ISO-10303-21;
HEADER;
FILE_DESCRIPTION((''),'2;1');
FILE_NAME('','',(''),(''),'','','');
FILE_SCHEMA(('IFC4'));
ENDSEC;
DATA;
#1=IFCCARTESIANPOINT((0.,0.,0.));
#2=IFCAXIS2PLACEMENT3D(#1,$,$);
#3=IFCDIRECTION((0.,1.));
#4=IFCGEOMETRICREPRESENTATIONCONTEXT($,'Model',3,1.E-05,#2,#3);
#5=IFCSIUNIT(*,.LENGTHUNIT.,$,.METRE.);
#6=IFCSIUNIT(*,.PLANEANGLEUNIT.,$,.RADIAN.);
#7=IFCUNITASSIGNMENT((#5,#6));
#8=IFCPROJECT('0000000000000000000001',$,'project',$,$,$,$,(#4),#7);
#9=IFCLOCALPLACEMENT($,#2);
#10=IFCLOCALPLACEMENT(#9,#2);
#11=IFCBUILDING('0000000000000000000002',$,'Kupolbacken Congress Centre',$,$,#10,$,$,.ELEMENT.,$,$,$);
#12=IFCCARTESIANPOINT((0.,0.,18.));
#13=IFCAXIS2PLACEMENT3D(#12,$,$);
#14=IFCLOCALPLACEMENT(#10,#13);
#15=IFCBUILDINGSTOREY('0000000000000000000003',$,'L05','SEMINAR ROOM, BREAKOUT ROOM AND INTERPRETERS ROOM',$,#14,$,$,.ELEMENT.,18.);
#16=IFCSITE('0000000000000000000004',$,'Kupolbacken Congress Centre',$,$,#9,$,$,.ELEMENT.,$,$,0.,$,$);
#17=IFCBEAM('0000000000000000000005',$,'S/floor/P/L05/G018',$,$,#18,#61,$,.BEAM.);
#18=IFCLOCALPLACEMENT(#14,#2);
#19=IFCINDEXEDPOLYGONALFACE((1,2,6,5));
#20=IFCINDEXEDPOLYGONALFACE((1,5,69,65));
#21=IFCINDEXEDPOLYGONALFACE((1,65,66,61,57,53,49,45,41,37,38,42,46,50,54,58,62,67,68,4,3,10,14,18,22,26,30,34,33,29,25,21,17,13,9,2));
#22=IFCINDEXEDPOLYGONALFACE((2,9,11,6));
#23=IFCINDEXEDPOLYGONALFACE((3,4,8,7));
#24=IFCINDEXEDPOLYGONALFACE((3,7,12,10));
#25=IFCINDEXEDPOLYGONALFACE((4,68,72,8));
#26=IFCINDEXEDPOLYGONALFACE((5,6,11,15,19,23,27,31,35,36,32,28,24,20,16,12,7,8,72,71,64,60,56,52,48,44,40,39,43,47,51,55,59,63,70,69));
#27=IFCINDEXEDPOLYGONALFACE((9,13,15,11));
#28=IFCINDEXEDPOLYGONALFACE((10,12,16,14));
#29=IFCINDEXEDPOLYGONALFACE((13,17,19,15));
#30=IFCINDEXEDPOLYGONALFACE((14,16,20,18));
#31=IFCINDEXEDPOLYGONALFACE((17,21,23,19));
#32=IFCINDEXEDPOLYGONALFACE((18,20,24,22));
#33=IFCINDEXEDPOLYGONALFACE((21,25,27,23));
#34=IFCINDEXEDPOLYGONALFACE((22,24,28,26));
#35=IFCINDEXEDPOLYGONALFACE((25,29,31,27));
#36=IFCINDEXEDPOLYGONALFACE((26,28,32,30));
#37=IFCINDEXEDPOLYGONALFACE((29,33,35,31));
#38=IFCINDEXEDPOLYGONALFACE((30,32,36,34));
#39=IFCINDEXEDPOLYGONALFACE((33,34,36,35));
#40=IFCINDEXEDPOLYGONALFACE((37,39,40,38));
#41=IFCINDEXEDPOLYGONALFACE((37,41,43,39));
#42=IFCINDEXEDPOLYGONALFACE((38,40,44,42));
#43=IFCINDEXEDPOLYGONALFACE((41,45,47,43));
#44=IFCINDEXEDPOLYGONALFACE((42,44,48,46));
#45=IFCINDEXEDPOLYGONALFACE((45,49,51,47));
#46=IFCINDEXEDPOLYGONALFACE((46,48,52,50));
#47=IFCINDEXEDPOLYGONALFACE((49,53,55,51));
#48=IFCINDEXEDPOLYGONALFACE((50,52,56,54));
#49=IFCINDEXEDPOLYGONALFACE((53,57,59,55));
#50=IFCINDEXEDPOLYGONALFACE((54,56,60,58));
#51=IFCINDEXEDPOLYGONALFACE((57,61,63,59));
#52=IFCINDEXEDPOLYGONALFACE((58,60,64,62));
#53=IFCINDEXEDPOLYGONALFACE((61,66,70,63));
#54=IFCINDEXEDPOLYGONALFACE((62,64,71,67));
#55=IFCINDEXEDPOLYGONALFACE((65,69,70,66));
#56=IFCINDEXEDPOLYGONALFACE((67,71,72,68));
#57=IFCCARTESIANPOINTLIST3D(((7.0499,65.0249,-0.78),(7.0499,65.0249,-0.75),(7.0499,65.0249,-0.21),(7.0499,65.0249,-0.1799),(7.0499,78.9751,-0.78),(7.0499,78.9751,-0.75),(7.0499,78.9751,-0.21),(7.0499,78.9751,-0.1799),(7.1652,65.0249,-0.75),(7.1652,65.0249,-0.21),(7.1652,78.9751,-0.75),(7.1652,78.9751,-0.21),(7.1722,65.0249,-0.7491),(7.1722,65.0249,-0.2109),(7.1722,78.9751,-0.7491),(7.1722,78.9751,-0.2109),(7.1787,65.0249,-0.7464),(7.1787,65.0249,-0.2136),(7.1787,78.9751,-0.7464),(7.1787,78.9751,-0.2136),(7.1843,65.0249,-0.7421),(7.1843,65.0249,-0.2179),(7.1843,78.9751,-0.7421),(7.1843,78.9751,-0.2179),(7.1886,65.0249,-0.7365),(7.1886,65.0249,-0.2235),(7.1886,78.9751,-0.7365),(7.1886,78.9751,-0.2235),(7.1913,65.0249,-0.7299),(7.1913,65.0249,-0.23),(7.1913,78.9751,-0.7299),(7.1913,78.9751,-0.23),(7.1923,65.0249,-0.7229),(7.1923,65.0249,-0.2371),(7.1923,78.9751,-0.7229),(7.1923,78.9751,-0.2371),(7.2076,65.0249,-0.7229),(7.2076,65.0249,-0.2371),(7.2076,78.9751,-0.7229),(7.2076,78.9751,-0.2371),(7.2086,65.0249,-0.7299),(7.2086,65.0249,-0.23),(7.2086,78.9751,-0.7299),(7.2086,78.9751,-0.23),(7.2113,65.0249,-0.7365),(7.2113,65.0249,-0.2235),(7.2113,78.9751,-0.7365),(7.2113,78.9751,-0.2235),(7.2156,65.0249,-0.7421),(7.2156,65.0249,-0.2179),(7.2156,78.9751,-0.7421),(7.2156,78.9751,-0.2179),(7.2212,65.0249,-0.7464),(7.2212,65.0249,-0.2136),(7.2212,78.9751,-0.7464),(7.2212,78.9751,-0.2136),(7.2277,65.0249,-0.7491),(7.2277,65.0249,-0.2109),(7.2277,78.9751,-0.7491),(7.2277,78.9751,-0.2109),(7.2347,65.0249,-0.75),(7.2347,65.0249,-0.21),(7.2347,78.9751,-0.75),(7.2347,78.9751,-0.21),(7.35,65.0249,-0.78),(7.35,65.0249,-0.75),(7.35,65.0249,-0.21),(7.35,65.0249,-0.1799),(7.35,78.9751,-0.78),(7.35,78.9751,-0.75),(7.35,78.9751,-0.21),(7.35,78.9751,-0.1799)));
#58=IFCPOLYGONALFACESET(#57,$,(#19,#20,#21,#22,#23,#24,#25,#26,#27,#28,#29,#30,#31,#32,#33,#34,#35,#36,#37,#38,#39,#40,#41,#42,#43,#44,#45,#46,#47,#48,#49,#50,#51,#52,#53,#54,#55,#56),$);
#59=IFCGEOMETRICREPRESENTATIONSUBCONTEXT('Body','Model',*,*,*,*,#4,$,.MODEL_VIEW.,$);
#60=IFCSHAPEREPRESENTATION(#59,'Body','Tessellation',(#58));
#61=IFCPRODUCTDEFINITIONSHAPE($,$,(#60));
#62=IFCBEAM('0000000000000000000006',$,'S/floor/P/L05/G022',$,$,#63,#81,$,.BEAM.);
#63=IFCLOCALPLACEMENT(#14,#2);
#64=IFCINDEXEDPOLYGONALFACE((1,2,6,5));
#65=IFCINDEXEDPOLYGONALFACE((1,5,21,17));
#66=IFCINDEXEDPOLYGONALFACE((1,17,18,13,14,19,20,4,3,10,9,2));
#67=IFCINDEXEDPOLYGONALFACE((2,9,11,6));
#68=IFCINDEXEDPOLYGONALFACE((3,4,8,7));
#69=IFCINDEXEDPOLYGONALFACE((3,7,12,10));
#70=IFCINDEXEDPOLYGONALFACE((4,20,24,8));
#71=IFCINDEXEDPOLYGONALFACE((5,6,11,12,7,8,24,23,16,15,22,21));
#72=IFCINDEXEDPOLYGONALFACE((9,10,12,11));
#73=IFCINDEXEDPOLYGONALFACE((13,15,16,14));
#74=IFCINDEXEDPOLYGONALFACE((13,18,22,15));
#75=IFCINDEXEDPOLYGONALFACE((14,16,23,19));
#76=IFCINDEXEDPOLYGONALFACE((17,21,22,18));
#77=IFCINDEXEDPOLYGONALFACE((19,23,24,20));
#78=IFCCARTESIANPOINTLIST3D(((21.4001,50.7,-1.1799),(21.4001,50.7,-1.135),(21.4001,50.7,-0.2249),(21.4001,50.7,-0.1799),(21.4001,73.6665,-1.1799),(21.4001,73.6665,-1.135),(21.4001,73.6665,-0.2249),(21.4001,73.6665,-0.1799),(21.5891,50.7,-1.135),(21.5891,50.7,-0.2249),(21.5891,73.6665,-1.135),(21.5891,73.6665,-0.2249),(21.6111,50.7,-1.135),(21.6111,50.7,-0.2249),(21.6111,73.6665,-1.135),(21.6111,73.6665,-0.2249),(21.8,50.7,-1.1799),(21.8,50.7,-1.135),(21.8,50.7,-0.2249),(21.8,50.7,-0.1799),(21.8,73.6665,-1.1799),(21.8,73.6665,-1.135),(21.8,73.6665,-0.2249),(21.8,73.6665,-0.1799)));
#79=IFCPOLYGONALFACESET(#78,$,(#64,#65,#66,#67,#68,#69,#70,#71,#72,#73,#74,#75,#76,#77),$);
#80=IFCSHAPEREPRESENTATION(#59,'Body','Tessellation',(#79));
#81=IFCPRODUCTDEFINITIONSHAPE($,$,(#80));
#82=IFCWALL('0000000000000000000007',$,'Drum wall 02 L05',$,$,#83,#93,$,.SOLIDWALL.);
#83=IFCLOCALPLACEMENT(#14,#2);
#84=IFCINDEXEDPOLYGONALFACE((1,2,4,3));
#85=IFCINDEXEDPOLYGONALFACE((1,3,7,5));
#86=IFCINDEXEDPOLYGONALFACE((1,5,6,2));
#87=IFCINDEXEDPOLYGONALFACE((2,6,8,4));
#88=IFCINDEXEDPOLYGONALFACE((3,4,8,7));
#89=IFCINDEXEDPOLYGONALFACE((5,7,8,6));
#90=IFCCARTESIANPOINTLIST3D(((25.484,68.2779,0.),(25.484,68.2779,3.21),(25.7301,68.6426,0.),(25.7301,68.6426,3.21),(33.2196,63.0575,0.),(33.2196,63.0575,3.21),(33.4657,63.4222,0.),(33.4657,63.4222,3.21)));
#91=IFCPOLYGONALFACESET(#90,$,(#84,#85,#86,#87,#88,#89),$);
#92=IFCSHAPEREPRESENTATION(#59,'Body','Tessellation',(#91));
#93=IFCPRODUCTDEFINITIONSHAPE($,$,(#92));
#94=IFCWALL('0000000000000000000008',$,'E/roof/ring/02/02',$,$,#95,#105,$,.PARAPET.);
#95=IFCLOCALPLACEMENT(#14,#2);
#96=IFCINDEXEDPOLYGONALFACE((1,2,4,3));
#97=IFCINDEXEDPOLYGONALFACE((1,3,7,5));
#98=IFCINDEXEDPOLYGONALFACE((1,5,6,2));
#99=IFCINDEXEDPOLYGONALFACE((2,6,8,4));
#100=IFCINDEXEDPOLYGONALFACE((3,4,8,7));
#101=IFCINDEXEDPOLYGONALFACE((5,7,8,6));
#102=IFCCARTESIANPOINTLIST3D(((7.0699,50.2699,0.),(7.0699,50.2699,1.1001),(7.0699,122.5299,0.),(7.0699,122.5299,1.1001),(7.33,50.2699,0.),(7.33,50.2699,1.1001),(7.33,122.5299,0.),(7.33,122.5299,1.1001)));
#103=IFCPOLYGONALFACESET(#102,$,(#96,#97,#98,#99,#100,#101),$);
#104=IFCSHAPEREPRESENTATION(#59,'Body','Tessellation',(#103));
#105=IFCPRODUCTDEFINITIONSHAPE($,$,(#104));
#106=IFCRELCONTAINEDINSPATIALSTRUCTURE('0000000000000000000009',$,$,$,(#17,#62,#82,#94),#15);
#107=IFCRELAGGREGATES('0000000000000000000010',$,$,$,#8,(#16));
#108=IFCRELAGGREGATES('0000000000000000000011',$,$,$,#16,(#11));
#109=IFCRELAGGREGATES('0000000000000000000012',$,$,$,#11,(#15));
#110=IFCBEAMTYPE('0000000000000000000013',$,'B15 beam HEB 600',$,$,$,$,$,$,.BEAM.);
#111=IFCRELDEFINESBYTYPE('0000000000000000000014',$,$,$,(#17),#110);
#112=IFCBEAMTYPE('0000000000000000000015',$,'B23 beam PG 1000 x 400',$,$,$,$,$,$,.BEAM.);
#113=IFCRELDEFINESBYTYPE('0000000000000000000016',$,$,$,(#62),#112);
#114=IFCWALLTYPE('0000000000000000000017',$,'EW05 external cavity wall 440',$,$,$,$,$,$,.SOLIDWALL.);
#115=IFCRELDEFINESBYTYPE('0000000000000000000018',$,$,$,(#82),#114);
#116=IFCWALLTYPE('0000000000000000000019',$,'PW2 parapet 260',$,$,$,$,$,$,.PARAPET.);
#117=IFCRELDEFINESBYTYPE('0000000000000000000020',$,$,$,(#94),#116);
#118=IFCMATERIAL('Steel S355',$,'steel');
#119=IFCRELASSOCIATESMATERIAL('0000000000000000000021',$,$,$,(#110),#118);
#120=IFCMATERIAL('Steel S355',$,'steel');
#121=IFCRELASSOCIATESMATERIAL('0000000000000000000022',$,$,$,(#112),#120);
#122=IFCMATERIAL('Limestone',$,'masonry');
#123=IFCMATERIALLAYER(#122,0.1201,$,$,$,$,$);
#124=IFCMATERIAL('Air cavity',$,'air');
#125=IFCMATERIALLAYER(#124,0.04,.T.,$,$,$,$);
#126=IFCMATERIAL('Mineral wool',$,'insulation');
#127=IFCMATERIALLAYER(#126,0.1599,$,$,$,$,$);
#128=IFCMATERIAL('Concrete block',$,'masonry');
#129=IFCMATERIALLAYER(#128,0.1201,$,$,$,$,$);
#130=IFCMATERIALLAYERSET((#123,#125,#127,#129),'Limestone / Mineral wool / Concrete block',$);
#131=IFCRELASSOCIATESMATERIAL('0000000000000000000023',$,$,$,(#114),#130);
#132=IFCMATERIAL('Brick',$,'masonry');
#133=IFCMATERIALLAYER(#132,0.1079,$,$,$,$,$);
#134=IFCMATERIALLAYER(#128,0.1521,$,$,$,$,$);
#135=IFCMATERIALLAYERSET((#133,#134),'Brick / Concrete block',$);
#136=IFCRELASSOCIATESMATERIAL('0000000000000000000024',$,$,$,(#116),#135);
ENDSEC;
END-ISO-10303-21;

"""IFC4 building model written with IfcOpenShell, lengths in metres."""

from ifc_helpers import new_model, si_unit, direction, frame, frame_2d, origin, origin_2d, place, context, subcontext, project, spatial, rectangle, i_section, extrude, material, layer, layer_set, material_profile, profile_set, type_object, element, save


model = new_model("IFC4")

# Units and contexts
model_context = context("Model", 3, precision=1e-05, world=origin(), true_north=direction((0.0, 1.0)))
body_context = subcontext(model_context, "Body", "Model", "MODEL_VIEW")
ifc_project = project(units=[si_unit("LENGTHUNIT", "METRE"), si_unit("PLANEANGLEUNIT", "RADIAN")], contexts=[model_context])

# Site, building, storey
site_placement = place(None, origin())
site = spatial("IfcSite", under=ifc_project, at=site_placement, Name="Kupolbacken Congress Centre", CompositionType="ELEMENT", RefElevation=0.0)
building_placement = place(site_placement, origin())
building = spatial("IfcBuilding", under=site, at=building_placement, Name="Kupolbacken Congress Centre", CompositionType="ELEMENT")
storey_placement = place(building_placement, frame((0.0, 0.0, 18.0)))
storey = spatial("IfcBuildingStorey", under=building, at=storey_placement, Name="L05", Description="SEMINAR ROOM, BREAKOUT ROOM AND INTERPRETERS ROOM", CompositionType="ELEMENT", Elevation=18.0)

# Beams
ifc_material_1 = material(Name="Steel S355", Category="steel")
ifc_material_profile_1 = material_profile(ifc_material_1, i_section(OverallWidth=0.3, OverallDepth=0.6001, WebThickness=0.0154, FlangeThickness=0.03, FilletRadius=0.0271, at=origin_2d()), Name="HEB 600")
ifc_profile_set_1 = profile_set([ifc_material_profile_1], Name="Steel S355")
beam_type_1 = type_object("IfcBeamType", Name="B15 beam HEB 600", PredefinedType="BEAM", material=ifc_profile_set_1)
beam_1_placement = place(storey_placement, frame((7.2, 65.0249, -0.48), z_axis=(0.0, 1.0, 0.0), x_axis=(-1.0, 0.0, 0.0)))
element("IfcBeam", 1, at=beam_1_placement, inside=storey, type_object=beam_type_1, Name="S/floor/P/L05/G018", PredefinedType="BEAM", context=body_context, shape_type="SweptSolid", body=[
    extrude(i_section(OverallWidth=0.3, OverallDepth=0.6001, WebThickness=0.0154, FlangeThickness=0.03, FilletRadius=0.0271, at=origin_2d()), origin(), (0.0, 0.0, 1.0), 13.9502),
])
ifc_material_2 = material(Name="Steel S355", Category="steel")
ifc_material_profile_2 = material_profile(ifc_material_2, i_section(OverallWidth=0.3999, OverallDepth=1.0, WebThickness=0.022, FlangeThickness=0.0449, at=origin_2d()), Name="PG 1000 x 400")
ifc_profile_set_2 = profile_set([ifc_material_profile_2], Name="Steel S355")
beam_type_2 = type_object("IfcBeamType", Name="B23 beam PG 1000 x 400", PredefinedType="BEAM", material=ifc_profile_set_2)
beam_2_placement = place(storey_placement, frame((21.6001, 50.7, -0.6799), z_axis=(0.0, 1.0, 0.0), x_axis=(-1.0, 0.0, 0.0)))
element("IfcBeam", 2, at=beam_2_placement, inside=storey, type_object=beam_type_2, Name="S/floor/P/L05/G022", PredefinedType="BEAM", context=body_context, shape_type="SweptSolid", body=[
    extrude(i_section(OverallWidth=0.3999, OverallDepth=1.0, WebThickness=0.022, FlangeThickness=0.0449, at=origin_2d()), origin(), (0.0, 0.0, 1.0), 22.9666),
])

# Walls
ifc_material_3 = material(Name="Limestone", Category="masonry")
ifc_layer_1 = layer(ifc_material_3, 0.1201)
ifc_material_4 = material(Name="Air cavity", Category="air")
ifc_layer_2 = layer(ifc_material_4, 0.04, ventilated=True)
ifc_material_5 = material(Name="Mineral wool", Category="insulation")
ifc_layer_3 = layer(ifc_material_5, 0.1599)
ifc_material_6 = material(Name="Concrete block", Category="masonry")
ifc_layer_4 = layer(ifc_material_6, 0.1201)
ifc_layer_set_1 = layer_set([ifc_layer_1, ifc_layer_2, ifc_layer_3, ifc_layer_4], Name="Limestone / Mineral wool / Concrete block")
wall_type_1 = type_object("IfcWallType", Name="EW05 external cavity wall 440", PredefinedType="SOLIDWALL", material=ifc_layer_set_1)
wall_1_placement = place(storey_placement, frame((25.6072, 68.4602, 0.0), z_axis=(0.0, 0.0, 1.0), x_axis=(0.828902, -0.559394, 0.0)))
element("IfcWall", 3, at=wall_1_placement, inside=storey, type_object=wall_type_1, Name="Drum wall 02 L05", PredefinedType="SOLIDWALL", context=body_context, shape_type="SweptSolid", body=[
    extrude(rectangle(XDim=9.3323, YDim=0.4399, at=frame_2d((4.666, 0.0))), origin(), (0.0, 0.0, 1.0), 3.21),
])
ifc_material_7 = material(Name="Brick", Category="masonry")
ifc_layer_5 = layer(ifc_material_7, 0.1079)
ifc_layer_6 = layer(ifc_material_6, 0.1521)
ifc_layer_set_2 = layer_set([ifc_layer_5, ifc_layer_6], Name="Brick / Concrete block")
wall_type_2 = type_object("IfcWallType", Name="PW2 parapet 260", PredefinedType="PARAPET", material=ifc_layer_set_2)
wall_2_placement = place(storey_placement, frame((7.2, 50.27, 0.0), z_axis=(0.0, 0.0, 1.0), x_axis=(0.0, 1.0, 0.0)))
element("IfcWall", 4, at=wall_2_placement, inside=storey, type_object=wall_type_2, Name="E/roof/ring/02/02", PredefinedType="PARAPET", context=body_context, shape_type="SweptSolid", body=[
    extrude(rectangle(XDim=72.26, YDim=0.26, at=frame_2d((36.1299, 0.0))), origin(), (0.0, 0.0, 1.0), 1.1001),
])

save(model, "model.ifc")
